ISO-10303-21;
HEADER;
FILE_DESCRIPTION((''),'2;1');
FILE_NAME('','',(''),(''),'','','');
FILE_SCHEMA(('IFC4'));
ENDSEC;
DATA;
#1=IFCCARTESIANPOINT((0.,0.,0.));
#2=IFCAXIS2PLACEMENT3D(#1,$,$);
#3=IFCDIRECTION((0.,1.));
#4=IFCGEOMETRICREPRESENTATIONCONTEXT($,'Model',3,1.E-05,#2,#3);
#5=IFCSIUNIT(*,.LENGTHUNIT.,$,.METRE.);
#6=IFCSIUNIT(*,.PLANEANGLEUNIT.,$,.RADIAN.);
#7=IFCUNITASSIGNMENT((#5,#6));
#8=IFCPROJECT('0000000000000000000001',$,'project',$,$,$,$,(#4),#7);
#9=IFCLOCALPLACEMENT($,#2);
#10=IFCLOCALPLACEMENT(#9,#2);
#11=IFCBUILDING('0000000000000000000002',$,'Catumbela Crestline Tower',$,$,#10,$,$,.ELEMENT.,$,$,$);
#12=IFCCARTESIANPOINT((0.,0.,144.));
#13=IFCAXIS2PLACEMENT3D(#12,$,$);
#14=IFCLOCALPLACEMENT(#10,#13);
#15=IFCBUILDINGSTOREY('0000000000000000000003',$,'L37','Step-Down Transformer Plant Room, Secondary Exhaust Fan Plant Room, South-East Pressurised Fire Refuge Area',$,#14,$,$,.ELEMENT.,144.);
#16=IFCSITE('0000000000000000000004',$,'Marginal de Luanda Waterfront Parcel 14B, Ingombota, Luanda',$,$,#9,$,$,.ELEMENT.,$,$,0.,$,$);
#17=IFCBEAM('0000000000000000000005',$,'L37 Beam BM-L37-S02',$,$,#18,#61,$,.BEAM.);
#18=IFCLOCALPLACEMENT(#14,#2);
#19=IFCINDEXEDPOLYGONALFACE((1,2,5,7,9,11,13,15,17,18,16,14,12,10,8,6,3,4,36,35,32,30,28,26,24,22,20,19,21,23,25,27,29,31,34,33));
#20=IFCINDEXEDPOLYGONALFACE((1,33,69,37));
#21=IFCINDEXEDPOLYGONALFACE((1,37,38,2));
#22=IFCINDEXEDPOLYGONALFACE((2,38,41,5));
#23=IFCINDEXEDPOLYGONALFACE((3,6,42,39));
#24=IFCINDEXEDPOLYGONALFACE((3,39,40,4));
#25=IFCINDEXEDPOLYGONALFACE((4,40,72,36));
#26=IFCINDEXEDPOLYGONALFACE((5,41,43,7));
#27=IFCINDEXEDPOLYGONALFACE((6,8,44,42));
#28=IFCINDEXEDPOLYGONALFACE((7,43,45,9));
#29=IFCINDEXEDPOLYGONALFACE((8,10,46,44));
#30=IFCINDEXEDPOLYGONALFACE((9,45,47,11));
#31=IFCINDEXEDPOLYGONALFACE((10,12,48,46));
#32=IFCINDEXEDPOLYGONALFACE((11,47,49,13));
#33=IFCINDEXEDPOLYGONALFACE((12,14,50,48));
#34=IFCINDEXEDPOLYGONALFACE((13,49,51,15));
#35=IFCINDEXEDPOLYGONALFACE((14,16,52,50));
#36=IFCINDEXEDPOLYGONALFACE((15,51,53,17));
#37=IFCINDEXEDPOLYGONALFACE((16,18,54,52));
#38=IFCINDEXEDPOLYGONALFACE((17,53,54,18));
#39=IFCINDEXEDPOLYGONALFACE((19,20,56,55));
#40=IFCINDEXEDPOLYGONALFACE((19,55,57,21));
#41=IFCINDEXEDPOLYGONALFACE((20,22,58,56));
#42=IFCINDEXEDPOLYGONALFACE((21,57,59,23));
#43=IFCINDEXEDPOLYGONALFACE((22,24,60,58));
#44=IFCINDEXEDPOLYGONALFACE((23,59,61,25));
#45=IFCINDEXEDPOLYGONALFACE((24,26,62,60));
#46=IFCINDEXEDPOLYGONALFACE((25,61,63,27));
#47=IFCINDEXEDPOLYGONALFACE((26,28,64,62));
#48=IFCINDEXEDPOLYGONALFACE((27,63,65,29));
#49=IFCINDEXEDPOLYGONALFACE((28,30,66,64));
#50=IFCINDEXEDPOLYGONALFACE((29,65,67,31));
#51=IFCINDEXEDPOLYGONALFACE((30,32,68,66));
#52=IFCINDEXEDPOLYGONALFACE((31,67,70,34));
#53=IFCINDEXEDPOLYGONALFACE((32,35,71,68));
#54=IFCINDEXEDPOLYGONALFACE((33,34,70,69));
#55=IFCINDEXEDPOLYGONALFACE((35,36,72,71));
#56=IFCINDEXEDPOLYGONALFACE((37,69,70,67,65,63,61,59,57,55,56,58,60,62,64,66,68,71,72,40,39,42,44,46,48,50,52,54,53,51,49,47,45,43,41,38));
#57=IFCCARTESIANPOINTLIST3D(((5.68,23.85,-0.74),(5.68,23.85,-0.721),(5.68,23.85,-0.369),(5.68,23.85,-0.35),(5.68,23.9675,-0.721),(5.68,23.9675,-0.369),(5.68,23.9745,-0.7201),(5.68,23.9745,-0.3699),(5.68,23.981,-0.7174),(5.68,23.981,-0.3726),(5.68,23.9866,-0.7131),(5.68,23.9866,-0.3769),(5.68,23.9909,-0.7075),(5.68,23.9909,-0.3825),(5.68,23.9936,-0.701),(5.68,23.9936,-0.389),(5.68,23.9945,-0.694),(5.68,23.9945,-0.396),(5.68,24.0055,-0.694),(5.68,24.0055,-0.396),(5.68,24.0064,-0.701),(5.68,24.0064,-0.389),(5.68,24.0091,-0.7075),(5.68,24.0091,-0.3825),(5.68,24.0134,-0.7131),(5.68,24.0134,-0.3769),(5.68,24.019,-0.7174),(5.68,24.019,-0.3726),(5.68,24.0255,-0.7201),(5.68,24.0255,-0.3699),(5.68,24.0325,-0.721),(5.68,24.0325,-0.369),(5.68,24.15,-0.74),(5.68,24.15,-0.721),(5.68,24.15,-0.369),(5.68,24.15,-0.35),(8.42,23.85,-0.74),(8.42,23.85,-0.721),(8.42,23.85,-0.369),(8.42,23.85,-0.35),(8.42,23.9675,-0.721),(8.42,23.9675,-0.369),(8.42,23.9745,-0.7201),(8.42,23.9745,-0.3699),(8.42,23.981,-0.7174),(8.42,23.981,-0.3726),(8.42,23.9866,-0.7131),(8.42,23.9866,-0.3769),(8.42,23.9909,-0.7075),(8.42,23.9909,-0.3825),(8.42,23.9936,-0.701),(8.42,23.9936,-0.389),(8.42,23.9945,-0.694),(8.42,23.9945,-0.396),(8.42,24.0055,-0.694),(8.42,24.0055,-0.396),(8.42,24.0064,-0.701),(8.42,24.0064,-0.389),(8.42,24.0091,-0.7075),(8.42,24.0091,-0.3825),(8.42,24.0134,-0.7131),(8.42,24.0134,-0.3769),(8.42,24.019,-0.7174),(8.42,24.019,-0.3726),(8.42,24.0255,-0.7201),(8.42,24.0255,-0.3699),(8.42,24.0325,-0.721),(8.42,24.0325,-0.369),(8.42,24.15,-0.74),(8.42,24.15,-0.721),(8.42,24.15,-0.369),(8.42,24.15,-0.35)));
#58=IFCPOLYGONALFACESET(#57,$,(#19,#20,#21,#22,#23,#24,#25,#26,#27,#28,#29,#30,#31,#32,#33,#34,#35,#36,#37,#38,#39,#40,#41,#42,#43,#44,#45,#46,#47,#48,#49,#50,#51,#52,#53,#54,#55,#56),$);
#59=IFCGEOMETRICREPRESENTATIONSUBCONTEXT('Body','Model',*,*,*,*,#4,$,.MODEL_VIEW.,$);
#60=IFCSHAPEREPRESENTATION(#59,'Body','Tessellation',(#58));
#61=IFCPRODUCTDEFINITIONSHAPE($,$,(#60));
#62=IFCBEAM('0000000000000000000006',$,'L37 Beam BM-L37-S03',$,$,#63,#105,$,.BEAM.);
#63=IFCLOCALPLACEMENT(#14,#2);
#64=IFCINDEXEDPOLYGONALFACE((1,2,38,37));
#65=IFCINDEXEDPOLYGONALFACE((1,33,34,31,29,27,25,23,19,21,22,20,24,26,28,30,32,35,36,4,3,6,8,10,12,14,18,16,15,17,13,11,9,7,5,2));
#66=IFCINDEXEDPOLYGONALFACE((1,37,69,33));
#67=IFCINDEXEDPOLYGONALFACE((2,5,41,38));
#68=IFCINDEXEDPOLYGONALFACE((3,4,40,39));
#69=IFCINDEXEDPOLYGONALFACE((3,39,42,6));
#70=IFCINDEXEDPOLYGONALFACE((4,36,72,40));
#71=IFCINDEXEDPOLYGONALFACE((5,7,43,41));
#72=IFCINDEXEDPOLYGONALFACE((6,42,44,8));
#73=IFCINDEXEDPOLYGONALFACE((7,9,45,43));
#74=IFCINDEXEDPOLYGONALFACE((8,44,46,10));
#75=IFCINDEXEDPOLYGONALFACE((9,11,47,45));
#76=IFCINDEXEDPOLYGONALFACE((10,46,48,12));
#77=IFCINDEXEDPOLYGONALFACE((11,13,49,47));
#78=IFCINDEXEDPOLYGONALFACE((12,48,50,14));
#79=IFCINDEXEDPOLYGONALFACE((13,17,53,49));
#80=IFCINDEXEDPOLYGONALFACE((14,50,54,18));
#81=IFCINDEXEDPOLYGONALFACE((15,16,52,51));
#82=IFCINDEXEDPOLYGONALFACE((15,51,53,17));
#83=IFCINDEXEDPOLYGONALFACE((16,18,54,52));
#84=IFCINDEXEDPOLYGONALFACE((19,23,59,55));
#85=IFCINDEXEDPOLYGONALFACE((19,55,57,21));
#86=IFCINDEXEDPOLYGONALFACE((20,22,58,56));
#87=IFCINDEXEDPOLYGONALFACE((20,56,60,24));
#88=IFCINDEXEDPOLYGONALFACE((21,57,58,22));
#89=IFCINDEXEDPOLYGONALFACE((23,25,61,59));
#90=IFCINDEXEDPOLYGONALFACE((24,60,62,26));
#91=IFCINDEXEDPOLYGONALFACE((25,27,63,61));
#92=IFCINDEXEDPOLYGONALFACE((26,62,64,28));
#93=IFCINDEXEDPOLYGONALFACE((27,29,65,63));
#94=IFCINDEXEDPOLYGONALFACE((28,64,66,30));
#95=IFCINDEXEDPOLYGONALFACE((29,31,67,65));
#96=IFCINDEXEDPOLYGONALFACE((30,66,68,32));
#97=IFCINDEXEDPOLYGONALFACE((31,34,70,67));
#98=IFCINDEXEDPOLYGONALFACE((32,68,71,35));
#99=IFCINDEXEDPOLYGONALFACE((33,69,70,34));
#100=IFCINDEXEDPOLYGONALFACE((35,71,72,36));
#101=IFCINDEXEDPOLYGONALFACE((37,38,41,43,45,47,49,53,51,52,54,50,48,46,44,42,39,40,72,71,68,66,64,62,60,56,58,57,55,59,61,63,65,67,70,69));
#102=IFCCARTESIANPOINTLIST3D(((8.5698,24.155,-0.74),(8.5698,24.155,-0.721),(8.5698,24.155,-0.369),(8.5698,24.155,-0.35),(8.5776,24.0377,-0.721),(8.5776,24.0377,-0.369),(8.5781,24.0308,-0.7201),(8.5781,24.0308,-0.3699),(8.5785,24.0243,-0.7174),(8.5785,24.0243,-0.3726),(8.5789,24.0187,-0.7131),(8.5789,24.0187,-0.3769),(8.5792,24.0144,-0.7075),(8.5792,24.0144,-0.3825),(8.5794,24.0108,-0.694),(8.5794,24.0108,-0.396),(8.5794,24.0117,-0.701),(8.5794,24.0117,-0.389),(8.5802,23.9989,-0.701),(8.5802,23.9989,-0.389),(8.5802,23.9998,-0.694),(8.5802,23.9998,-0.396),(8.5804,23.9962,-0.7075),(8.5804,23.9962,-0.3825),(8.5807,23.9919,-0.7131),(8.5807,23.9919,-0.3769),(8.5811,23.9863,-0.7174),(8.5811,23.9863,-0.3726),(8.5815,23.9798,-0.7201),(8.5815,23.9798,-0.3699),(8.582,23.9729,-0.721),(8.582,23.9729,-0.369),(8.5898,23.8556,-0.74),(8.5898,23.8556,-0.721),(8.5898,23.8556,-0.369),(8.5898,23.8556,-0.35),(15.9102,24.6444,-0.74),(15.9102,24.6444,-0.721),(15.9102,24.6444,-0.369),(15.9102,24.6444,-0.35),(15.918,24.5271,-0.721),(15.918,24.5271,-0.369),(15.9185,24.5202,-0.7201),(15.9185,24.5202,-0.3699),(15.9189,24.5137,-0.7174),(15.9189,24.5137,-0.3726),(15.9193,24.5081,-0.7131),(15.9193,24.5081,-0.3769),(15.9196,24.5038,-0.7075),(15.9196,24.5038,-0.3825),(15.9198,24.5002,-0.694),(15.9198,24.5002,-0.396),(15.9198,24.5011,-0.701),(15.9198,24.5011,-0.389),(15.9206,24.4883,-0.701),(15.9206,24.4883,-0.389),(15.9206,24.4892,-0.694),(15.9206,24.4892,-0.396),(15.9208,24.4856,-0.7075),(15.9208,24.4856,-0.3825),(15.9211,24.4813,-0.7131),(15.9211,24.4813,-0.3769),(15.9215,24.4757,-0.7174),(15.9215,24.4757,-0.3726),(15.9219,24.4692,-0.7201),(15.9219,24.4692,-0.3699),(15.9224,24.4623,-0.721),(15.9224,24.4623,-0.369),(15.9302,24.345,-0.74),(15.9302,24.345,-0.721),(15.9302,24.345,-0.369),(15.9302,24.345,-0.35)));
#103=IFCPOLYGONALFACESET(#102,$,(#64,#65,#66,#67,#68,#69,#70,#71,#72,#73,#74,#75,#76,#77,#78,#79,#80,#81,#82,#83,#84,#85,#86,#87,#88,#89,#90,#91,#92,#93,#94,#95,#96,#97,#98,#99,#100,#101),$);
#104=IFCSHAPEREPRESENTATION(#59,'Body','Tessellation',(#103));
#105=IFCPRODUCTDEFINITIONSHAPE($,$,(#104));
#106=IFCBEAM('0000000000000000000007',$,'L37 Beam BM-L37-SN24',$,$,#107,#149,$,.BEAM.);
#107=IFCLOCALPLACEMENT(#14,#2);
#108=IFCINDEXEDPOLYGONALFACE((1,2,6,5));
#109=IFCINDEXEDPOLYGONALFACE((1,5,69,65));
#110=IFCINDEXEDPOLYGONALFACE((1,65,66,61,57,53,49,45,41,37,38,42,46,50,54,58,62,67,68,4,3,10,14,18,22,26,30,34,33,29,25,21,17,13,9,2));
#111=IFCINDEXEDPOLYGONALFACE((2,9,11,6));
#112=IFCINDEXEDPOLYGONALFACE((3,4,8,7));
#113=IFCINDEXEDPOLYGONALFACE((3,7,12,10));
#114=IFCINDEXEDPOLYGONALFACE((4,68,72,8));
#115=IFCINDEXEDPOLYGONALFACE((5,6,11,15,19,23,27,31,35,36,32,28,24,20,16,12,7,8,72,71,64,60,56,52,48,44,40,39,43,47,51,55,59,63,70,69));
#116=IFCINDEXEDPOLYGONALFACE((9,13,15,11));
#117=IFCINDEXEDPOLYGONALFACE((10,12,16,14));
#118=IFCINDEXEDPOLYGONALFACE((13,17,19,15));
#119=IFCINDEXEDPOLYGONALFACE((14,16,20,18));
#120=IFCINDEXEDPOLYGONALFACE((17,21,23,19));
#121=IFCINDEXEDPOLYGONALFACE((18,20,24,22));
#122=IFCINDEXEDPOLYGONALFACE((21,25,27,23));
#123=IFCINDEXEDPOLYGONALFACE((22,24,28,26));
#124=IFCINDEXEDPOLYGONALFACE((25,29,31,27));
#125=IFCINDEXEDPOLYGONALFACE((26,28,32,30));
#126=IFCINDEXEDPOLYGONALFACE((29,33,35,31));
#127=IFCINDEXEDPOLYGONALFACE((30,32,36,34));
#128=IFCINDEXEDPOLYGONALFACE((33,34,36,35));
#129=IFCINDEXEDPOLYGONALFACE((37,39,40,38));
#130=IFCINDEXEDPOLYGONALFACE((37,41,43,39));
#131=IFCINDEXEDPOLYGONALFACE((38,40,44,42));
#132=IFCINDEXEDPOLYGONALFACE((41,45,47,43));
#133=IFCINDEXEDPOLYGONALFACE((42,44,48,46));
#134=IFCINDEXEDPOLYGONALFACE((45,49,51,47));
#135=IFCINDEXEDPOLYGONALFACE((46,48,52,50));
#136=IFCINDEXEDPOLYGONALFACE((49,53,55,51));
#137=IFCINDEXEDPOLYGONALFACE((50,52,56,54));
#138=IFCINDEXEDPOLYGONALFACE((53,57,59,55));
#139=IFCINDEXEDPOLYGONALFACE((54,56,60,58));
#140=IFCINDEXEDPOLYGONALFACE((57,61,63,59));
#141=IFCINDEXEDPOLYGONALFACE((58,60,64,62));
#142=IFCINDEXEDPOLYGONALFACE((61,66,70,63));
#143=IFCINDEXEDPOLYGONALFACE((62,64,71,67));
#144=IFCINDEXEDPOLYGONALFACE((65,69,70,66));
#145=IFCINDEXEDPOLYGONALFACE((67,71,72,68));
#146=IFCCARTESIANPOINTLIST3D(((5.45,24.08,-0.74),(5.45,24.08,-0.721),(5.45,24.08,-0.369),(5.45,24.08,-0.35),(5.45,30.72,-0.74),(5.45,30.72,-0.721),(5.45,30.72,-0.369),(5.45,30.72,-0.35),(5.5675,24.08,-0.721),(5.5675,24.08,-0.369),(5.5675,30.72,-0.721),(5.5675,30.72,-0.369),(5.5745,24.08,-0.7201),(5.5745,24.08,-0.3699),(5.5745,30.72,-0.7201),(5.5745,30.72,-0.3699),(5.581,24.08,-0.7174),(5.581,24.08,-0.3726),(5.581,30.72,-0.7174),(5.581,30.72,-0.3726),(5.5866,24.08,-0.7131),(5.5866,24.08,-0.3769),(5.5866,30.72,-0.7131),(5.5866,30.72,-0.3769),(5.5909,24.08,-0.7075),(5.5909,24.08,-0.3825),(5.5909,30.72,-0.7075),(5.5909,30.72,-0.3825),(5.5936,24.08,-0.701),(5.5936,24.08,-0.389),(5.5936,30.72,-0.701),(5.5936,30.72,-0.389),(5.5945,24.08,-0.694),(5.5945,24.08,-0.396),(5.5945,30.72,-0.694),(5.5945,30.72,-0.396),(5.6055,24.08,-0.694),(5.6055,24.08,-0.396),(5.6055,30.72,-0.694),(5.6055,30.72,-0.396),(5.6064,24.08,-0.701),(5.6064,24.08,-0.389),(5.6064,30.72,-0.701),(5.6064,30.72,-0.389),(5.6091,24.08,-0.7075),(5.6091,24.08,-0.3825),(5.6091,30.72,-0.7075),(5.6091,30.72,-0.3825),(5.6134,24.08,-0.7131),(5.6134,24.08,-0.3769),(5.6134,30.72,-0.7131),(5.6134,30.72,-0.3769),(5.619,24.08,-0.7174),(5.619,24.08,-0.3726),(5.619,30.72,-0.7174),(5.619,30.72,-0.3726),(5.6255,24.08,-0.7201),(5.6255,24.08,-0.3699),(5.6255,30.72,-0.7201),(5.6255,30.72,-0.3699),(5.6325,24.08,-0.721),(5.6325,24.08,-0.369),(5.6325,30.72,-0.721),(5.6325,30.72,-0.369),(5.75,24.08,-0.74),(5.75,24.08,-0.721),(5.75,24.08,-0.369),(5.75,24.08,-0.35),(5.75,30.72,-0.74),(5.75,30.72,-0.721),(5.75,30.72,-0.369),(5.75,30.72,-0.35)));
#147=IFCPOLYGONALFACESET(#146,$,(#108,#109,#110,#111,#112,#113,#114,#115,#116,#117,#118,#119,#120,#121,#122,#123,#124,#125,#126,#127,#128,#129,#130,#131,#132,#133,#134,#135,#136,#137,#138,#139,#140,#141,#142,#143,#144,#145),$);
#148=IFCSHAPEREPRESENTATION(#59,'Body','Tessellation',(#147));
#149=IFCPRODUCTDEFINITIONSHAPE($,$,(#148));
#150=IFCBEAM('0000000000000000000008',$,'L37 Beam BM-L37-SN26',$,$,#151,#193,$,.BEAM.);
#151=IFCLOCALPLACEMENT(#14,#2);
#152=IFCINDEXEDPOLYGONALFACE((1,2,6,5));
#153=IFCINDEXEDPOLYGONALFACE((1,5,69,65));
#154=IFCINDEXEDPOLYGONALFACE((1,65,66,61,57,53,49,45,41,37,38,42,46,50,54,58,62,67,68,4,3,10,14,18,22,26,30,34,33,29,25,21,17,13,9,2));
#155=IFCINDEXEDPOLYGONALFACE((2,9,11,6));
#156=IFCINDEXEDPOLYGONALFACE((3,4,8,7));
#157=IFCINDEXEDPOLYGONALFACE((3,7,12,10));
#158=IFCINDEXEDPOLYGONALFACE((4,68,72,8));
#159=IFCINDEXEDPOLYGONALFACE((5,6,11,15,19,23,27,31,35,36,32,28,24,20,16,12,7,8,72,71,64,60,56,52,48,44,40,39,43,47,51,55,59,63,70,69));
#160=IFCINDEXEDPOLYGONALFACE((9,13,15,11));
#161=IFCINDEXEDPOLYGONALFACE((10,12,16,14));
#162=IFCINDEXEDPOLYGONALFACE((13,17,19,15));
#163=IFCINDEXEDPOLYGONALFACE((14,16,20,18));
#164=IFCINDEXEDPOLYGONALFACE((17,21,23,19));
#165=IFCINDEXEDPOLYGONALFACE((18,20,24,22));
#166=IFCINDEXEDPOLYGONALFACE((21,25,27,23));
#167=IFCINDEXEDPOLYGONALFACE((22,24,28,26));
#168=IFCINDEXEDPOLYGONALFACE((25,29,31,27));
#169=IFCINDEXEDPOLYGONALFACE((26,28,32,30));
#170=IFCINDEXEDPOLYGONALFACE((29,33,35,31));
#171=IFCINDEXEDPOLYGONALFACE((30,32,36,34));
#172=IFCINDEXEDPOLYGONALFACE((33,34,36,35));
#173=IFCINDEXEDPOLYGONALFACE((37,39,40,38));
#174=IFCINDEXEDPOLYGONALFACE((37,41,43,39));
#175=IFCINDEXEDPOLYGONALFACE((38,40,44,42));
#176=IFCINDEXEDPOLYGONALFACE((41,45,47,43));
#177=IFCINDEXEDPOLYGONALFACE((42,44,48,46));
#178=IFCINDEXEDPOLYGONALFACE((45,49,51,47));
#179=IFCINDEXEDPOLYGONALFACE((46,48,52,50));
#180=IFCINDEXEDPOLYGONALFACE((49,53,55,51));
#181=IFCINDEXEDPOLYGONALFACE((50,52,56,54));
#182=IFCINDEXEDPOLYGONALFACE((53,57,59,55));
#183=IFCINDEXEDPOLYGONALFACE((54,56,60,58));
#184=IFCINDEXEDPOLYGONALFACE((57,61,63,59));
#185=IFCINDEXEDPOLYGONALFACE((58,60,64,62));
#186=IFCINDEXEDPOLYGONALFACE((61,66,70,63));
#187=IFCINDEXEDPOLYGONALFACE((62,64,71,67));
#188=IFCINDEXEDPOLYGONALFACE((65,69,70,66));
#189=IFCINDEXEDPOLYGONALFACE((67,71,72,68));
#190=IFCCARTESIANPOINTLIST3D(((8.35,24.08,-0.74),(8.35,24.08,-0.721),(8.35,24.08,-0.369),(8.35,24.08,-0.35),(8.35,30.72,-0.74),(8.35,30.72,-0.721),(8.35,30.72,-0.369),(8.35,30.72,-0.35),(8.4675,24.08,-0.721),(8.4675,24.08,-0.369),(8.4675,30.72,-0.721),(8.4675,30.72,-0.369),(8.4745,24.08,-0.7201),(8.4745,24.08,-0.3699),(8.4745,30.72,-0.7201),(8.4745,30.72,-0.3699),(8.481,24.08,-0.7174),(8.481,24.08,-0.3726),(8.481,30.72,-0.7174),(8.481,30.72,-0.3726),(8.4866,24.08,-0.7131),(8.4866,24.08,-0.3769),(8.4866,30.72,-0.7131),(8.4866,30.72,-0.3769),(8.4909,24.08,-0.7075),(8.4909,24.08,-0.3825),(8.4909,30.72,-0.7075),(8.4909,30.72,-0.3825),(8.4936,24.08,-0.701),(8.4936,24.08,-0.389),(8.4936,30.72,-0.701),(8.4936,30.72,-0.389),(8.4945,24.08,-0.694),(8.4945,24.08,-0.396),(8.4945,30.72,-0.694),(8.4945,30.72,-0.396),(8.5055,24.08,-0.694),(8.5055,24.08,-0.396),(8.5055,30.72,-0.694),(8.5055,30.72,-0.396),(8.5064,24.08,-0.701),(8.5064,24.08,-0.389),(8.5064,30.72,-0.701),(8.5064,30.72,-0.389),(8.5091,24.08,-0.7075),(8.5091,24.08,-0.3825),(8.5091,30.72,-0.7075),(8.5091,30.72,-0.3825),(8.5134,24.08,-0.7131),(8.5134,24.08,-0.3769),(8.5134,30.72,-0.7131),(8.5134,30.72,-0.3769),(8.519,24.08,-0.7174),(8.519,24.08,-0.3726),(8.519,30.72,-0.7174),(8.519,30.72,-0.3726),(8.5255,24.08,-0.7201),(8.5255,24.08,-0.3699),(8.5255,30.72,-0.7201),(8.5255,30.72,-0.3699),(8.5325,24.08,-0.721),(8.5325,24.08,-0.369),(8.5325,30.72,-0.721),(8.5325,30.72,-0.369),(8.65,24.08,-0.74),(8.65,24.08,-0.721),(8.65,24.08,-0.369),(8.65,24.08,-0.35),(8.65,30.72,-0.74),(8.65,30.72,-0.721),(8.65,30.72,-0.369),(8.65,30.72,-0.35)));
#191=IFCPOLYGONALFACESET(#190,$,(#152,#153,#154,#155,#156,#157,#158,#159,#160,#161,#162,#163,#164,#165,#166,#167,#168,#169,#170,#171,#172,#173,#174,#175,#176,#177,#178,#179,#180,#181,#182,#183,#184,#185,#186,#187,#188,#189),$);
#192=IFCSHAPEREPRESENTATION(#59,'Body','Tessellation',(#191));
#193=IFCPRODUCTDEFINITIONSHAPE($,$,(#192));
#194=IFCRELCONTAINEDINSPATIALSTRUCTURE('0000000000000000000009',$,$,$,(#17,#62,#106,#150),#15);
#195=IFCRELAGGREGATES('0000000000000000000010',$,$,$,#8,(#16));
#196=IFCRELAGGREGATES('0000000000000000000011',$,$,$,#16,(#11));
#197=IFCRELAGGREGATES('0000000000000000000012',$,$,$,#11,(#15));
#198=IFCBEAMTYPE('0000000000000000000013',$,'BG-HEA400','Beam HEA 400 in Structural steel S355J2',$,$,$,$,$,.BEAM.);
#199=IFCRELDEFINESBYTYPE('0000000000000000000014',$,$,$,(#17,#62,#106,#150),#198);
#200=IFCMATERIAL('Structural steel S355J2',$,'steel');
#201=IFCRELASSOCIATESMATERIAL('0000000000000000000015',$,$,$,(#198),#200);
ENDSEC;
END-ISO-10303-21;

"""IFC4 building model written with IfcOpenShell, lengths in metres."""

from ifc_helpers import new_model, si_unit, direction, frame, origin, origin_2d, place, context, subcontext, project, spatial, i_section, extrude, material, material_profile, profile_set, type_object, element, save


model = new_model("IFC4")

# Units and contexts
model_context = context("Model", 3, precision=1e-05, world=origin(), true_north=direction((0.0, 1.0)))
body_context = subcontext(model_context, "Body", "Model", "MODEL_VIEW")
ifc_project = project(units=[si_unit("LENGTHUNIT", "METRE"), si_unit("PLANEANGLEUNIT", "RADIAN")], contexts=[model_context])

# Site, building, storey
site_placement = place(None, origin())
site = spatial("IfcSite", under=ifc_project, at=site_placement, Name="Marginal de Luanda Waterfront Parcel 14B, Ingombota, Luanda", CompositionType="ELEMENT", RefElevation=0.0)
building_placement = place(site_placement, origin())
building = spatial("IfcBuilding", under=site, at=building_placement, Name="Catumbela Crestline Tower", CompositionType="ELEMENT")
storey_placement = place(building_placement, frame((0.0, 0.0, 144.0)))
storey = spatial("IfcBuildingStorey", under=building, at=storey_placement, Name="L37", Description="Step-Down Transformer Plant Room, Secondary Exhaust Fan Plant Room, South-East Pressurised Fire Refuge Area", CompositionType="ELEMENT", Elevation=144.0)

# Beams
ifc_material_1 = material(Name="Structural steel S355J2", Category="steel")
ifc_material_profile_1 = material_profile(ifc_material_1, i_section(OverallWidth=0.3, OverallDepth=0.39, WebThickness=0.011, FlangeThickness=0.019, FilletRadius=0.027, at=origin_2d()), Name="HEA 400")
ifc_profile_set_1 = profile_set([ifc_material_profile_1], Name="Structural steel S355J2")
beam_type_1 = type_object("IfcBeamType", Name="BG-HEA400", Description="Beam HEA 400 in Structural steel S355J2", PredefinedType="BEAM", material=ifc_profile_set_1)
beam_1_placement = place(storey_placement, frame((5.68, 24.0, -0.545), z_axis=(1.0, 0.0, 0.0), x_axis=(0.0, 1.0, 0.0)))
element("IfcBeam", 1, at=beam_1_placement, inside=storey, type_object=beam_type_1, Name="L37 Beam BM-L37-S02", PredefinedType="BEAM", context=body_context, shape_type="SweptSolid", body=[
    extrude(i_section(OverallWidth=0.3, OverallDepth=0.39, WebThickness=0.011, FlangeThickness=0.019, FilletRadius=0.027, at=origin_2d()), origin(), (0.0, 0.0, 1.0), 2.74),
])
beam_2_placement = place(storey_placement, frame((8.5798, 24.0053, -0.545), z_axis=(0.997785, 0.066524, 0.0), x_axis=(-0.066524, 0.997785, 0.0)))
element("IfcBeam", 2, at=beam_2_placement, inside=storey, type_object=beam_type_1, Name="L37 Beam BM-L37-S03", PredefinedType="BEAM", context=body_context, shape_type="SweptSolid", body=[
    extrude(i_section(OverallWidth=0.3, OverallDepth=0.39, WebThickness=0.011, FlangeThickness=0.019, FilletRadius=0.027, at=origin_2d()), origin(), (0.0, 0.0, 1.0), 7.3567),
])
for number, where, z_axis, x_axis, name in (
    (3, (5.6, 24.08, -0.545), (0.0, 1.0, 0.0), (-1.0, 0.0, 0.0), "L37 Beam BM-L37-SN24"),
    (4, (8.5, 24.08, -0.545), (0.0, 1.0, 0.0), (-1.0, 0.0, 0.0), "L37 Beam BM-L37-SN26"),
):
    element("IfcBeam", number, at=place(storey_placement, frame(where, z_axis=z_axis, x_axis=x_axis)), inside=storey, type_object=beam_type_1, Name=name, PredefinedType="BEAM", context=body_context, shape_type="SweptSolid", body=[
        extrude(i_section(OverallWidth=0.3, OverallDepth=0.39, WebThickness=0.011, FlangeThickness=0.019, FilletRadius=0.027, at=origin_2d()), origin(), (0.0, 0.0, 1.0), 6.64),
    ])

save(model, "model.ifc")
